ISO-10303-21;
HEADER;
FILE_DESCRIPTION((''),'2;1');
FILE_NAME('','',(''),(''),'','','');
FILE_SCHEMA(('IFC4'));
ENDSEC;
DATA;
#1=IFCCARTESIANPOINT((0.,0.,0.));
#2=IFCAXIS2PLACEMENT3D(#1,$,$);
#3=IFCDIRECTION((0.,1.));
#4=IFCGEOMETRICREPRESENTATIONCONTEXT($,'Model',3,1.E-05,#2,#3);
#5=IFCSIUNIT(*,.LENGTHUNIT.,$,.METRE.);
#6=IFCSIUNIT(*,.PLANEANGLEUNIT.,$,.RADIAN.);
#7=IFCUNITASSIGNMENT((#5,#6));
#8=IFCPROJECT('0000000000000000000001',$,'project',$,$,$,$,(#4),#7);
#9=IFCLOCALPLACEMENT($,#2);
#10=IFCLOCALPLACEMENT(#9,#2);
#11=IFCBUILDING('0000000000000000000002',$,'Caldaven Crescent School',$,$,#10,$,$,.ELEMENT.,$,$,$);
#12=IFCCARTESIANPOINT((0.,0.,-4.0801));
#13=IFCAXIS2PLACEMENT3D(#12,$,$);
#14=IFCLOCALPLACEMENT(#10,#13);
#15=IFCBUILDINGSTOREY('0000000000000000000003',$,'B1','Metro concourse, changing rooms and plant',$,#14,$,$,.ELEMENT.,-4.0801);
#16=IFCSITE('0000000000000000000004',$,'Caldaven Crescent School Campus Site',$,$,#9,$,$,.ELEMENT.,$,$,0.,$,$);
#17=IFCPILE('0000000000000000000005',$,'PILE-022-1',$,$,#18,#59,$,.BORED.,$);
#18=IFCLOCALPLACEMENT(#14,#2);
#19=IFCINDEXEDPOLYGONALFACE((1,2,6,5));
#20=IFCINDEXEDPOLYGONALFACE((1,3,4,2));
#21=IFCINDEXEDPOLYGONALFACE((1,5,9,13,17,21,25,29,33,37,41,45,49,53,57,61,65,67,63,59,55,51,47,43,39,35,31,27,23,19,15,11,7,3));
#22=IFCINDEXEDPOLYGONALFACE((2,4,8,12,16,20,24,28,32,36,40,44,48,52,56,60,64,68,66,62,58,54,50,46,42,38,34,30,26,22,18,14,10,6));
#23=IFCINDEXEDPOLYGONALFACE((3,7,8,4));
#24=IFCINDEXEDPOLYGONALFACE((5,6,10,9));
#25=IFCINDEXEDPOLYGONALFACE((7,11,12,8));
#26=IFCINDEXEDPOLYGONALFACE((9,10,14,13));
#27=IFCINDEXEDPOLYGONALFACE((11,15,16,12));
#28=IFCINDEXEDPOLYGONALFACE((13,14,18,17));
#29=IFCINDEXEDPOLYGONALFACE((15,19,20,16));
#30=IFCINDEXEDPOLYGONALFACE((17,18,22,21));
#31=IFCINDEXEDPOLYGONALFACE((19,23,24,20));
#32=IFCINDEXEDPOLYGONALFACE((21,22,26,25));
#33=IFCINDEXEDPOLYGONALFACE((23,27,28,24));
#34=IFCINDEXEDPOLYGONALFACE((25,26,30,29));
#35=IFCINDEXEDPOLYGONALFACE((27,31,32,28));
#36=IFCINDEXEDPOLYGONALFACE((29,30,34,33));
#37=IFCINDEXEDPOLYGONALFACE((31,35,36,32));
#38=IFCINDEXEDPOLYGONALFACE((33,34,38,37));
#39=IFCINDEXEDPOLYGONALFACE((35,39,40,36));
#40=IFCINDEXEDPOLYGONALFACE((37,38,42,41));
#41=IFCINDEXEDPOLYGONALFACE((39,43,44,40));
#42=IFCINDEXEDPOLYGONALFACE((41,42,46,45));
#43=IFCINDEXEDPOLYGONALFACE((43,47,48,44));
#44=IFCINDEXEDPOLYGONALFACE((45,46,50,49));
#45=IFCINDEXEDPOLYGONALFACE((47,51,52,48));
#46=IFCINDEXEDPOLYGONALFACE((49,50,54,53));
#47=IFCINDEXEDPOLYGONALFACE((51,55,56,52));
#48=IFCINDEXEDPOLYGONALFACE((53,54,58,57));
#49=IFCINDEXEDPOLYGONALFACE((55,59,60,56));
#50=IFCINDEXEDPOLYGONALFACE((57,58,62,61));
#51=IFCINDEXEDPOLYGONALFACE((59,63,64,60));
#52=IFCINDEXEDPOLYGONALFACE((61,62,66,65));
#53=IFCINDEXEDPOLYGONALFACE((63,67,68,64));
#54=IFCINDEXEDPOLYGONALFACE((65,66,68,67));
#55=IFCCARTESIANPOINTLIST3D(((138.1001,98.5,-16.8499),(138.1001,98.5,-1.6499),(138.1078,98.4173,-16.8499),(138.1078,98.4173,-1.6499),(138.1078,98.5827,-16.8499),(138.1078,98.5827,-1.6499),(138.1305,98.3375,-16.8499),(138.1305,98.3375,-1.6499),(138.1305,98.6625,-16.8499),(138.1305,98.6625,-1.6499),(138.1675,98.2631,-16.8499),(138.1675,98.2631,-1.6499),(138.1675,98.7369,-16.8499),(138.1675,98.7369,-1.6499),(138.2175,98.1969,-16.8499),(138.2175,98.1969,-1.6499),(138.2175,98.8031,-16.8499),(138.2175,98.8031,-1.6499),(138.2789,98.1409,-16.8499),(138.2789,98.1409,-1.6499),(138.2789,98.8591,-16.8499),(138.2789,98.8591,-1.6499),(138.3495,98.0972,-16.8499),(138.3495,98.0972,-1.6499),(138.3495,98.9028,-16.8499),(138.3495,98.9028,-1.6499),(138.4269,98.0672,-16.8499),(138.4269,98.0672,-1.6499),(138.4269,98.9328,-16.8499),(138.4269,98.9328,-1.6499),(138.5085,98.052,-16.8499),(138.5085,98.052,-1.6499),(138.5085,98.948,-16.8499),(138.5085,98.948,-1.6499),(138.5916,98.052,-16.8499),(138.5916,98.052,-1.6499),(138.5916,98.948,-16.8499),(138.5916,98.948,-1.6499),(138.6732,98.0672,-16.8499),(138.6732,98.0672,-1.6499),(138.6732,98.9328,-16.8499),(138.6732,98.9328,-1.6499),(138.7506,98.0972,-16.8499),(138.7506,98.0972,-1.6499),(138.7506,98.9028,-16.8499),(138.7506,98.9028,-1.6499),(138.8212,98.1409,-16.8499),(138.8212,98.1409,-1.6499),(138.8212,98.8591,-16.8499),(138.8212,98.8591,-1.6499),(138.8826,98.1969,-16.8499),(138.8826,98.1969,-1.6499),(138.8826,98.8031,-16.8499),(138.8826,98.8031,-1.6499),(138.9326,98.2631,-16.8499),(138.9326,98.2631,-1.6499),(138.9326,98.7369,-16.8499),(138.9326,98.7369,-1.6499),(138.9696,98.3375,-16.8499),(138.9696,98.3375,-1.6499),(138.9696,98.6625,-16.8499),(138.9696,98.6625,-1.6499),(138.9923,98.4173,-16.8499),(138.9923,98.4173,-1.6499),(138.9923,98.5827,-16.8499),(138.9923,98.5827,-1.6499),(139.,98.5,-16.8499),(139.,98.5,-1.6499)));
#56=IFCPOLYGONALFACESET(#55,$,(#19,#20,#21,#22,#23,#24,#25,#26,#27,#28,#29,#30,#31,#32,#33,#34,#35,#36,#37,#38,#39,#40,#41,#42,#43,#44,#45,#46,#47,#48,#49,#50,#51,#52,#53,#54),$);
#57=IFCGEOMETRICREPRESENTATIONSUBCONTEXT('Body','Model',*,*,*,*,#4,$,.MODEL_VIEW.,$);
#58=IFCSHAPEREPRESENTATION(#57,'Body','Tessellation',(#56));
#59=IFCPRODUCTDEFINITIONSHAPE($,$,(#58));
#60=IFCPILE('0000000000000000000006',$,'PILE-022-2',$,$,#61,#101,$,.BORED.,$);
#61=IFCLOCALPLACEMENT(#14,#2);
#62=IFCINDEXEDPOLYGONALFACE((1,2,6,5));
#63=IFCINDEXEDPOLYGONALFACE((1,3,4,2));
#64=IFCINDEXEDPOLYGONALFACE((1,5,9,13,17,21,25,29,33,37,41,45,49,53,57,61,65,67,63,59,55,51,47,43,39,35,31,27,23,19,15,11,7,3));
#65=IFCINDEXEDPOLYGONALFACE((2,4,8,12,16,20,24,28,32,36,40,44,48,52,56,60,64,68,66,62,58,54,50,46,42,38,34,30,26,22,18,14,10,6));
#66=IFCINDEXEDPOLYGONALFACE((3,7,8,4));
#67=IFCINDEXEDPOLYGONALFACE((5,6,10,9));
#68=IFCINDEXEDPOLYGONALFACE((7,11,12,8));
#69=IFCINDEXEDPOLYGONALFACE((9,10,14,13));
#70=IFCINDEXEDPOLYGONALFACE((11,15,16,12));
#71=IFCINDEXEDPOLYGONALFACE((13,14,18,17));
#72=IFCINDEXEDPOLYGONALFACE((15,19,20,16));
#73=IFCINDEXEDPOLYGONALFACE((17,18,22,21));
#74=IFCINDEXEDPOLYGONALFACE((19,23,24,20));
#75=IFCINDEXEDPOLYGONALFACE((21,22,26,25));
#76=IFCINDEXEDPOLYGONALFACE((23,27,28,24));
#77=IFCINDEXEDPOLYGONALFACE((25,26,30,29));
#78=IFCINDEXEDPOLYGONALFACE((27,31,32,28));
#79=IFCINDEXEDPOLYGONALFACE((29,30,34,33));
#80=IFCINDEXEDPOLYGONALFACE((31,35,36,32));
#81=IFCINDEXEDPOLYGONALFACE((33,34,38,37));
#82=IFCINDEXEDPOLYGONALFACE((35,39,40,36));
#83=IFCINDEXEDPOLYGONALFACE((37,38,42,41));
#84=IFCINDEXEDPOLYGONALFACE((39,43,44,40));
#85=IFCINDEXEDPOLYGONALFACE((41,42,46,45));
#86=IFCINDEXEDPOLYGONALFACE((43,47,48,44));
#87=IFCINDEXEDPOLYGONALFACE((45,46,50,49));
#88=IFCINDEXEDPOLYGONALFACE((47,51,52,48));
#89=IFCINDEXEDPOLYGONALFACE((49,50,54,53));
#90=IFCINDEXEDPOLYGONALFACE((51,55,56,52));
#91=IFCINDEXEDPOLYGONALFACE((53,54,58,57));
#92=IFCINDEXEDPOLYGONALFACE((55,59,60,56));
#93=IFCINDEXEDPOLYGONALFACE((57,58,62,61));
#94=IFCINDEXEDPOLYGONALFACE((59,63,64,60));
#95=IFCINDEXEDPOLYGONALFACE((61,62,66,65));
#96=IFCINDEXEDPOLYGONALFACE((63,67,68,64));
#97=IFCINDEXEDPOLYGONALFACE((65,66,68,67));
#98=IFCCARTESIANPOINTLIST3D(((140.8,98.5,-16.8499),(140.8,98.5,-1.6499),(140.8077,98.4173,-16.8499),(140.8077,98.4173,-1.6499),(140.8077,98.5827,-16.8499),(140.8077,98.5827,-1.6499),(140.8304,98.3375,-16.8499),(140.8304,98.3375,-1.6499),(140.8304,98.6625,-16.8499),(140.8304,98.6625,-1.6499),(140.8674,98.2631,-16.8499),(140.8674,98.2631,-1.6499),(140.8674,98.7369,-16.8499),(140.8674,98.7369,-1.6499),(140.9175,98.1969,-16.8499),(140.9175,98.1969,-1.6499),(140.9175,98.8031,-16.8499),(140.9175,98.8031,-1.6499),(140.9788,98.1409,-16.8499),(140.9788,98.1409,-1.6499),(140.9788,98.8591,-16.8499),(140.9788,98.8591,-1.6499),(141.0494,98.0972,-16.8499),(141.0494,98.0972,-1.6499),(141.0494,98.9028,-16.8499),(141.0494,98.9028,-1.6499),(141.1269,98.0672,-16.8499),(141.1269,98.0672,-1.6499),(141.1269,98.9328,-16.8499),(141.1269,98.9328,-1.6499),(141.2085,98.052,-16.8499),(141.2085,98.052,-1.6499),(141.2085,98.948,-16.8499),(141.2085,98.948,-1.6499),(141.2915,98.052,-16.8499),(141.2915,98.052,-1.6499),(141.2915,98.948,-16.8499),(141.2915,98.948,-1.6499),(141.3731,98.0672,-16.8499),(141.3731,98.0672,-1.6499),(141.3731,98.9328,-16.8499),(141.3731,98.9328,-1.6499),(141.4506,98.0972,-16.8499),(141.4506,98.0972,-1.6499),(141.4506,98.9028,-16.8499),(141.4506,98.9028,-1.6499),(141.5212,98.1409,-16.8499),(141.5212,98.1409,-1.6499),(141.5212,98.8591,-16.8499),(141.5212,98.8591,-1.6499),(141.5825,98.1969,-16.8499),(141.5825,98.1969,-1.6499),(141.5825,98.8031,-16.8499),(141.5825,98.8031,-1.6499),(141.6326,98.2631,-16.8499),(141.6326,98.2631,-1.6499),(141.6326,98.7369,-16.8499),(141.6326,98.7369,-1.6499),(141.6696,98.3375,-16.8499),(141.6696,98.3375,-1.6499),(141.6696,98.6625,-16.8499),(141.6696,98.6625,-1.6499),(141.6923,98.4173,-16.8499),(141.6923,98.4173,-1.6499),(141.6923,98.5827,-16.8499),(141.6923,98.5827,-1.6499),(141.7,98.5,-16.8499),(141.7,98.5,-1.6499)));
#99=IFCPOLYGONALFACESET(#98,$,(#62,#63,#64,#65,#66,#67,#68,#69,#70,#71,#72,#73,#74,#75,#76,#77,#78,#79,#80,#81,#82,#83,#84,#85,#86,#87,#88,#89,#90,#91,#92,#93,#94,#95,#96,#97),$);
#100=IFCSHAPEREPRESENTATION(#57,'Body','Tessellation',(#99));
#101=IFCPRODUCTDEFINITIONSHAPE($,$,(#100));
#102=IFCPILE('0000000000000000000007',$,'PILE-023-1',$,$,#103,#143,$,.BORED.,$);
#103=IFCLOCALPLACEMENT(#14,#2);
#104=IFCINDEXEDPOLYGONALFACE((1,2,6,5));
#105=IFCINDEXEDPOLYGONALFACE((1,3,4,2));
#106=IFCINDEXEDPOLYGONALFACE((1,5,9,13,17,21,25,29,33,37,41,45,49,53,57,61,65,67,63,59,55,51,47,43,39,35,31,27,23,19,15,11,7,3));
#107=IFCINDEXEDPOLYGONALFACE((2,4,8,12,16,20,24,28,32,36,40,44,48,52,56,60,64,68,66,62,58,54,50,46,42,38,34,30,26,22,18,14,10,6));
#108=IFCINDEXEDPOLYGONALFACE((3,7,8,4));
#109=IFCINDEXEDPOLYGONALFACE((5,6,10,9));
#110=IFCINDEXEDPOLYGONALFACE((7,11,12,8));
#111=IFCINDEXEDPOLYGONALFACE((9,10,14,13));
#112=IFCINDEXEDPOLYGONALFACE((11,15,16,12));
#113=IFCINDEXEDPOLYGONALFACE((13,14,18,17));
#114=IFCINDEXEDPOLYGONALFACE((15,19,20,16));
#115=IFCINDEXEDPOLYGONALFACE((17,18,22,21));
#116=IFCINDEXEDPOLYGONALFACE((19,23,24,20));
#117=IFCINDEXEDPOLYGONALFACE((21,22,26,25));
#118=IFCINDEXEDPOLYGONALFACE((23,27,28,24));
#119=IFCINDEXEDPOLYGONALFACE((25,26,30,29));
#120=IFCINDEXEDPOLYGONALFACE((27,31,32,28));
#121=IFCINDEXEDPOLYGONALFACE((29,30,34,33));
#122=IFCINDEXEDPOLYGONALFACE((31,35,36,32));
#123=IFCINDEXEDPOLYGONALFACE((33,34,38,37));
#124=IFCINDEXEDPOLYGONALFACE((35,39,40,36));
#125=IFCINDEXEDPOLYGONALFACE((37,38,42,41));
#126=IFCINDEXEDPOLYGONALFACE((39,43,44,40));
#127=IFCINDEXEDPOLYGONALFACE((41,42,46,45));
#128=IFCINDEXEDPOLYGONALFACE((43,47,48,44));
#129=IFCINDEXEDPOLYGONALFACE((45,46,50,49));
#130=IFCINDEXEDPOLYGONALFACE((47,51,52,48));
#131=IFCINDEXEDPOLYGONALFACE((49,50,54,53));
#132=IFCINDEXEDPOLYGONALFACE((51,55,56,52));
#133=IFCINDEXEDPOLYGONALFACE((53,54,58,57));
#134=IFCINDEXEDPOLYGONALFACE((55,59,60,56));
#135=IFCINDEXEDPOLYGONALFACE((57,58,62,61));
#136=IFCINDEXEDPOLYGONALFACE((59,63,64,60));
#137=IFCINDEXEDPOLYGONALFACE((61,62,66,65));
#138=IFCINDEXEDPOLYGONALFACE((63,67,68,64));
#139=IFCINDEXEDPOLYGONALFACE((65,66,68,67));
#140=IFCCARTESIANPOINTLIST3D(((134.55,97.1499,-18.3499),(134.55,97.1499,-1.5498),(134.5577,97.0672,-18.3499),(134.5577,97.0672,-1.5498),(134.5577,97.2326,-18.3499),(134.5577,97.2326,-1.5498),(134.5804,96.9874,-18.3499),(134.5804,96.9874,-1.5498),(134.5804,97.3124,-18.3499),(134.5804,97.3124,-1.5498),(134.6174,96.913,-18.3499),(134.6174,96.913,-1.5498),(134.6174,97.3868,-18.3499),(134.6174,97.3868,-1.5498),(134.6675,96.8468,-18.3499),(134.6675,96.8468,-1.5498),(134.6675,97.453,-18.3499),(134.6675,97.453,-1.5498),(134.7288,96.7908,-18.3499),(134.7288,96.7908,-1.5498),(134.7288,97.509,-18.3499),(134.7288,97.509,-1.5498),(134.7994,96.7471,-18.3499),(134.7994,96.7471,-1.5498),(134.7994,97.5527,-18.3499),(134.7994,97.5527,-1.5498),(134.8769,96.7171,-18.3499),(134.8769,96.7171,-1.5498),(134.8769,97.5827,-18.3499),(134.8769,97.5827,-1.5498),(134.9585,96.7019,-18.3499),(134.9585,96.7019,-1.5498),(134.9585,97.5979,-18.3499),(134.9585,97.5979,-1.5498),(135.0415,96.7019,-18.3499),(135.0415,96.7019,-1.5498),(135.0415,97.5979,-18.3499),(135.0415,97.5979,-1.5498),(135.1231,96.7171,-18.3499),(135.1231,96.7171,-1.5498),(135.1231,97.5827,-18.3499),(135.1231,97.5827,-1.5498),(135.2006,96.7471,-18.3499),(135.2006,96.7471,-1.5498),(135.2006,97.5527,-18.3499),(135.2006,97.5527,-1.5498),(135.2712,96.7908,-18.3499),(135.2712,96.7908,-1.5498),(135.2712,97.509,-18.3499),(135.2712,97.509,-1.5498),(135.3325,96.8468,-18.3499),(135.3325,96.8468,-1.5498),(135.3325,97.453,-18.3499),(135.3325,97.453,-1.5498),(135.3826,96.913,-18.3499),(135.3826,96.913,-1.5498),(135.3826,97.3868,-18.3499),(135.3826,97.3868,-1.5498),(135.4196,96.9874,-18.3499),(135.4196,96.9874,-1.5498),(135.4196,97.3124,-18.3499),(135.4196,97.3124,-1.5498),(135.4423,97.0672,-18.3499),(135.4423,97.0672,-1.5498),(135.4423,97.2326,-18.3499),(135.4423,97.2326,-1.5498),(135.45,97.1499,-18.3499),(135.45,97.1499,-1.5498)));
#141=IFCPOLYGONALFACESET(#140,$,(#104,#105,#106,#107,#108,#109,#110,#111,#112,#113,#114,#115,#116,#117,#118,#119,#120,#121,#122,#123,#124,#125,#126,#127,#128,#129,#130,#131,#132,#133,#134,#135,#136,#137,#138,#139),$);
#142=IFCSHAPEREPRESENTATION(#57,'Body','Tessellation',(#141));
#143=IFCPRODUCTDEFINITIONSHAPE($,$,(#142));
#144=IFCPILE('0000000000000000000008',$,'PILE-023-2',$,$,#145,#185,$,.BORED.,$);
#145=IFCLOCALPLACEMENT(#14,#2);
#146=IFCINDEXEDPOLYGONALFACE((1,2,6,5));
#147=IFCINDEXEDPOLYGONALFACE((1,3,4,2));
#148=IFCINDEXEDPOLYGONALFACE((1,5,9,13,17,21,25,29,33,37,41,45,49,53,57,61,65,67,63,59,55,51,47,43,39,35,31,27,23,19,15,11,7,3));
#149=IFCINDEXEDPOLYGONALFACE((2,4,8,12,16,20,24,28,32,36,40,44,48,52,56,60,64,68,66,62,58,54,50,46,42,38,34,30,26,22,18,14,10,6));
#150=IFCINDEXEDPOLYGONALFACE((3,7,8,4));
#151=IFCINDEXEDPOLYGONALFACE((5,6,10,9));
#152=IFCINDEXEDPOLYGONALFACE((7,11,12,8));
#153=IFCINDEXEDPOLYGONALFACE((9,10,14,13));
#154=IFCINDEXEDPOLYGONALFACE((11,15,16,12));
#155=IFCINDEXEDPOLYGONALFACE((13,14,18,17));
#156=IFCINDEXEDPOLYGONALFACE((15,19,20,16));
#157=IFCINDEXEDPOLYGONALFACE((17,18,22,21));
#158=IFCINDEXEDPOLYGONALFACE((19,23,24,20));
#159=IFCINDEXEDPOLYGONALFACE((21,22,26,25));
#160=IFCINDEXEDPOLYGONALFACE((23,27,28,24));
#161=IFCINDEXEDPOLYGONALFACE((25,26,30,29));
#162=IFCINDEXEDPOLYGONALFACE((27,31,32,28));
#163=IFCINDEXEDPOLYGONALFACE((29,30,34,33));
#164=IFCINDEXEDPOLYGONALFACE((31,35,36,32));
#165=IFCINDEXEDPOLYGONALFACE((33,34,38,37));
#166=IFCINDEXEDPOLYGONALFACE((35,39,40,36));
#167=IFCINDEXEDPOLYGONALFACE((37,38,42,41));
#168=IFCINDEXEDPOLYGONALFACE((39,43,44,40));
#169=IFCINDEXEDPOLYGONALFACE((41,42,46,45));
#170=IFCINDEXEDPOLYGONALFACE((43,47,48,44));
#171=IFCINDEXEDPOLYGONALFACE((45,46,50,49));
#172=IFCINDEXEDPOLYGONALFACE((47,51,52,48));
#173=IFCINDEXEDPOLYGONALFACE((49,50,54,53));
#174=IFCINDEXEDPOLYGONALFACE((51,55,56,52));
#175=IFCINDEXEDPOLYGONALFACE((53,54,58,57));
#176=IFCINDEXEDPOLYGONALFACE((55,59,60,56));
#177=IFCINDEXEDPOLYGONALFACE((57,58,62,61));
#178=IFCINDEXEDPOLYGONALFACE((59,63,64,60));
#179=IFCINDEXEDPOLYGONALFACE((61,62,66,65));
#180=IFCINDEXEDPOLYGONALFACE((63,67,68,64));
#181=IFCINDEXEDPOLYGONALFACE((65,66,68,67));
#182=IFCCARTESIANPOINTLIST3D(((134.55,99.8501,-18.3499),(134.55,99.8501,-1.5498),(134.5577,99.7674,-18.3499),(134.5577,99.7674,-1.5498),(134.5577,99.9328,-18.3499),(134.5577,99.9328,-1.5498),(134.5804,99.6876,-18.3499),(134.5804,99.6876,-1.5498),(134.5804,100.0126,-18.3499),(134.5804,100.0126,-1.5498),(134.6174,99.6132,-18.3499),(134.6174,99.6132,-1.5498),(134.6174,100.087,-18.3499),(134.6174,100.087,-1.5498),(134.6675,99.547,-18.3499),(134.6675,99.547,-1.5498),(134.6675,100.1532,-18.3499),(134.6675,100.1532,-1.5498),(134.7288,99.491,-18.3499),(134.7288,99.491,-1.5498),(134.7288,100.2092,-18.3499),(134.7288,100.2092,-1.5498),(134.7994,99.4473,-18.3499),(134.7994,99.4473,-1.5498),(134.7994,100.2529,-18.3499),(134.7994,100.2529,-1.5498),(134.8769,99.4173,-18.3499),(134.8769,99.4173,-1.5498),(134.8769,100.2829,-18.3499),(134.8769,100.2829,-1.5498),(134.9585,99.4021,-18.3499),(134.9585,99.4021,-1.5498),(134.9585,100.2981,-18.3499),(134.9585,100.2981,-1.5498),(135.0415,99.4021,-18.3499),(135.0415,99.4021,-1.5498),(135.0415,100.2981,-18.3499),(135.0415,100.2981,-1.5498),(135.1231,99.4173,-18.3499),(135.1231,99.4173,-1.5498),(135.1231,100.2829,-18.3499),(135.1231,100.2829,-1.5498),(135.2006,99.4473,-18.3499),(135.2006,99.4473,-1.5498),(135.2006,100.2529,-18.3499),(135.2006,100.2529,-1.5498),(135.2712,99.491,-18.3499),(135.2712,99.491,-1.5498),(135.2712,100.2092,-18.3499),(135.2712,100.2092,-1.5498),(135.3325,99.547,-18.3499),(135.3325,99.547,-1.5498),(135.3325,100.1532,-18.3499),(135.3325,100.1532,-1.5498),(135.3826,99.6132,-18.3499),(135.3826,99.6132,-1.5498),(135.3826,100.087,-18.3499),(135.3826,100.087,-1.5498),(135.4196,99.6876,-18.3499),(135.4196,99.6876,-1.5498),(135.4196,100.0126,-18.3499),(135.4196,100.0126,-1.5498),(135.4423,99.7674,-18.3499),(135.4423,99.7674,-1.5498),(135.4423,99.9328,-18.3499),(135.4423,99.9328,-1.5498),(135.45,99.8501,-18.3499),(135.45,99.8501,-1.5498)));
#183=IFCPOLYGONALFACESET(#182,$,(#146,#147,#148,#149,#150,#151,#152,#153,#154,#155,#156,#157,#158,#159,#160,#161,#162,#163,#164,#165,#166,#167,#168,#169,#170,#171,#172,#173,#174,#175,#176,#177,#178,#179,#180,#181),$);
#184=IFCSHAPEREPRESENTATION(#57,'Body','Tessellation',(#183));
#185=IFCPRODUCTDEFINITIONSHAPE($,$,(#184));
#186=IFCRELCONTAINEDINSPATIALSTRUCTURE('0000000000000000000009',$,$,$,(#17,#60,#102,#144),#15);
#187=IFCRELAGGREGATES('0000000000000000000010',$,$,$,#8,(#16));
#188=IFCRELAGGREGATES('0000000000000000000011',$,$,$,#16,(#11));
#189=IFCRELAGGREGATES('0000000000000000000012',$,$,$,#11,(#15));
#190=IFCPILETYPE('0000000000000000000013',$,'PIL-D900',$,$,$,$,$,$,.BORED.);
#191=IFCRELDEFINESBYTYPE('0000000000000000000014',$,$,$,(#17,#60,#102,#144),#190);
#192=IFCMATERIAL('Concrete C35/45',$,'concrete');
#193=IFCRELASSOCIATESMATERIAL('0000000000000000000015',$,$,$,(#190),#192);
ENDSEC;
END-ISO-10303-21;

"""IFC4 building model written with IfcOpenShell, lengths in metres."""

from ifc_helpers import new_model, si_unit, direction, frame, origin, origin_2d, place, context, subcontext, project, spatial, circle, extrude, material, material_profile, profile_set, type_object, element, save


model = new_model("IFC4")

# Units and contexts
model_context = context("Model", 3, precision=1e-05, world=origin(), true_north=direction((0.0, 1.0)))
body_context = subcontext(model_context, "Body", "Model", "MODEL_VIEW")
ifc_project = project(units=[si_unit("LENGTHUNIT", "METRE"), si_unit("PLANEANGLEUNIT", "RADIAN")], contexts=[model_context])

# Site, building, storey
site_placement = place(None, origin())
site = spatial("IfcSite", under=ifc_project, at=site_placement, Name="Caldaven Crescent School Campus Site", CompositionType="ELEMENT", RefElevation=0.0)
building_placement = place(site_placement, origin())
building = spatial("IfcBuilding", under=site, at=building_placement, Name="Caldaven Crescent School", CompositionType="ELEMENT")
storey_placement = place(building_placement, frame((0.0, 0.0, -4.0801)))
storey = spatial("IfcBuildingStorey", under=building, at=storey_placement, Name="B1", Description="Metro concourse, changing rooms and plant", CompositionType="ELEMENT", Elevation=-4.0801)

# Shared definitions
ifc_material_1 = material(Name="Concrete C35/45", Category="concrete")

# Piles
ifc_material_profile_1 = material_profile(ifc_material_1, circle(Radius=0.45, at=origin_2d()), Name="PILE D900")
ifc_profile_set_1 = profile_set([ifc_material_profile_1], Name="Concrete C35/45")
pile_type_1 = type_object("IfcPileType", Name="PIL-D900", PredefinedType="BORED", material=ifc_profile_set_1)
for number, where, z_axis, x_axis, name in (
    (1, (138.55, 98.5, -1.6499), (0.0, 0.0, -1.0), (1.0, 0.0, 0.0), "PILE-022-1"),
    (2, (141.25, 98.5, -1.6499), (0.0, 0.0, -1.0), (1.0, 0.0, 0.0), "PILE-022-2"),
):
    element("IfcPile", number, at=place(storey_placement, frame(where, z_axis=z_axis, x_axis=x_axis)), inside=storey, type_object=pile_type_1, Name=name, PredefinedType="BORED", context=body_context, shape_type="SweptSolid", body=[
        extrude(circle(Radius=0.45, at=origin_2d()), origin(), (0.0, 0.0, 1.0), 15.2),
    ])
for number, where, z_axis, x_axis, name in (
    (3, (135.0, 97.1499, -1.5498), (0.0, 0.0, -1.0), (1.0, 0.0, 0.0), "PILE-023-1"),
    (4, (135.0, 99.8501, -1.5498), (0.0, 0.0, -1.0), (1.0, 0.0, 0.0), "PILE-023-2"),
):
    element("IfcPile", number, at=place(storey_placement, frame(where, z_axis=z_axis, x_axis=x_axis)), inside=storey, type_object=pile_type_1, Name=name, PredefinedType="BORED", context=body_context, shape_type="SweptSolid", body=[
        extrude(circle(Radius=0.45, at=origin_2d()), origin(), (0.0, 0.0, 1.0), 16.8),
    ])

save(model, "model.ifc")
